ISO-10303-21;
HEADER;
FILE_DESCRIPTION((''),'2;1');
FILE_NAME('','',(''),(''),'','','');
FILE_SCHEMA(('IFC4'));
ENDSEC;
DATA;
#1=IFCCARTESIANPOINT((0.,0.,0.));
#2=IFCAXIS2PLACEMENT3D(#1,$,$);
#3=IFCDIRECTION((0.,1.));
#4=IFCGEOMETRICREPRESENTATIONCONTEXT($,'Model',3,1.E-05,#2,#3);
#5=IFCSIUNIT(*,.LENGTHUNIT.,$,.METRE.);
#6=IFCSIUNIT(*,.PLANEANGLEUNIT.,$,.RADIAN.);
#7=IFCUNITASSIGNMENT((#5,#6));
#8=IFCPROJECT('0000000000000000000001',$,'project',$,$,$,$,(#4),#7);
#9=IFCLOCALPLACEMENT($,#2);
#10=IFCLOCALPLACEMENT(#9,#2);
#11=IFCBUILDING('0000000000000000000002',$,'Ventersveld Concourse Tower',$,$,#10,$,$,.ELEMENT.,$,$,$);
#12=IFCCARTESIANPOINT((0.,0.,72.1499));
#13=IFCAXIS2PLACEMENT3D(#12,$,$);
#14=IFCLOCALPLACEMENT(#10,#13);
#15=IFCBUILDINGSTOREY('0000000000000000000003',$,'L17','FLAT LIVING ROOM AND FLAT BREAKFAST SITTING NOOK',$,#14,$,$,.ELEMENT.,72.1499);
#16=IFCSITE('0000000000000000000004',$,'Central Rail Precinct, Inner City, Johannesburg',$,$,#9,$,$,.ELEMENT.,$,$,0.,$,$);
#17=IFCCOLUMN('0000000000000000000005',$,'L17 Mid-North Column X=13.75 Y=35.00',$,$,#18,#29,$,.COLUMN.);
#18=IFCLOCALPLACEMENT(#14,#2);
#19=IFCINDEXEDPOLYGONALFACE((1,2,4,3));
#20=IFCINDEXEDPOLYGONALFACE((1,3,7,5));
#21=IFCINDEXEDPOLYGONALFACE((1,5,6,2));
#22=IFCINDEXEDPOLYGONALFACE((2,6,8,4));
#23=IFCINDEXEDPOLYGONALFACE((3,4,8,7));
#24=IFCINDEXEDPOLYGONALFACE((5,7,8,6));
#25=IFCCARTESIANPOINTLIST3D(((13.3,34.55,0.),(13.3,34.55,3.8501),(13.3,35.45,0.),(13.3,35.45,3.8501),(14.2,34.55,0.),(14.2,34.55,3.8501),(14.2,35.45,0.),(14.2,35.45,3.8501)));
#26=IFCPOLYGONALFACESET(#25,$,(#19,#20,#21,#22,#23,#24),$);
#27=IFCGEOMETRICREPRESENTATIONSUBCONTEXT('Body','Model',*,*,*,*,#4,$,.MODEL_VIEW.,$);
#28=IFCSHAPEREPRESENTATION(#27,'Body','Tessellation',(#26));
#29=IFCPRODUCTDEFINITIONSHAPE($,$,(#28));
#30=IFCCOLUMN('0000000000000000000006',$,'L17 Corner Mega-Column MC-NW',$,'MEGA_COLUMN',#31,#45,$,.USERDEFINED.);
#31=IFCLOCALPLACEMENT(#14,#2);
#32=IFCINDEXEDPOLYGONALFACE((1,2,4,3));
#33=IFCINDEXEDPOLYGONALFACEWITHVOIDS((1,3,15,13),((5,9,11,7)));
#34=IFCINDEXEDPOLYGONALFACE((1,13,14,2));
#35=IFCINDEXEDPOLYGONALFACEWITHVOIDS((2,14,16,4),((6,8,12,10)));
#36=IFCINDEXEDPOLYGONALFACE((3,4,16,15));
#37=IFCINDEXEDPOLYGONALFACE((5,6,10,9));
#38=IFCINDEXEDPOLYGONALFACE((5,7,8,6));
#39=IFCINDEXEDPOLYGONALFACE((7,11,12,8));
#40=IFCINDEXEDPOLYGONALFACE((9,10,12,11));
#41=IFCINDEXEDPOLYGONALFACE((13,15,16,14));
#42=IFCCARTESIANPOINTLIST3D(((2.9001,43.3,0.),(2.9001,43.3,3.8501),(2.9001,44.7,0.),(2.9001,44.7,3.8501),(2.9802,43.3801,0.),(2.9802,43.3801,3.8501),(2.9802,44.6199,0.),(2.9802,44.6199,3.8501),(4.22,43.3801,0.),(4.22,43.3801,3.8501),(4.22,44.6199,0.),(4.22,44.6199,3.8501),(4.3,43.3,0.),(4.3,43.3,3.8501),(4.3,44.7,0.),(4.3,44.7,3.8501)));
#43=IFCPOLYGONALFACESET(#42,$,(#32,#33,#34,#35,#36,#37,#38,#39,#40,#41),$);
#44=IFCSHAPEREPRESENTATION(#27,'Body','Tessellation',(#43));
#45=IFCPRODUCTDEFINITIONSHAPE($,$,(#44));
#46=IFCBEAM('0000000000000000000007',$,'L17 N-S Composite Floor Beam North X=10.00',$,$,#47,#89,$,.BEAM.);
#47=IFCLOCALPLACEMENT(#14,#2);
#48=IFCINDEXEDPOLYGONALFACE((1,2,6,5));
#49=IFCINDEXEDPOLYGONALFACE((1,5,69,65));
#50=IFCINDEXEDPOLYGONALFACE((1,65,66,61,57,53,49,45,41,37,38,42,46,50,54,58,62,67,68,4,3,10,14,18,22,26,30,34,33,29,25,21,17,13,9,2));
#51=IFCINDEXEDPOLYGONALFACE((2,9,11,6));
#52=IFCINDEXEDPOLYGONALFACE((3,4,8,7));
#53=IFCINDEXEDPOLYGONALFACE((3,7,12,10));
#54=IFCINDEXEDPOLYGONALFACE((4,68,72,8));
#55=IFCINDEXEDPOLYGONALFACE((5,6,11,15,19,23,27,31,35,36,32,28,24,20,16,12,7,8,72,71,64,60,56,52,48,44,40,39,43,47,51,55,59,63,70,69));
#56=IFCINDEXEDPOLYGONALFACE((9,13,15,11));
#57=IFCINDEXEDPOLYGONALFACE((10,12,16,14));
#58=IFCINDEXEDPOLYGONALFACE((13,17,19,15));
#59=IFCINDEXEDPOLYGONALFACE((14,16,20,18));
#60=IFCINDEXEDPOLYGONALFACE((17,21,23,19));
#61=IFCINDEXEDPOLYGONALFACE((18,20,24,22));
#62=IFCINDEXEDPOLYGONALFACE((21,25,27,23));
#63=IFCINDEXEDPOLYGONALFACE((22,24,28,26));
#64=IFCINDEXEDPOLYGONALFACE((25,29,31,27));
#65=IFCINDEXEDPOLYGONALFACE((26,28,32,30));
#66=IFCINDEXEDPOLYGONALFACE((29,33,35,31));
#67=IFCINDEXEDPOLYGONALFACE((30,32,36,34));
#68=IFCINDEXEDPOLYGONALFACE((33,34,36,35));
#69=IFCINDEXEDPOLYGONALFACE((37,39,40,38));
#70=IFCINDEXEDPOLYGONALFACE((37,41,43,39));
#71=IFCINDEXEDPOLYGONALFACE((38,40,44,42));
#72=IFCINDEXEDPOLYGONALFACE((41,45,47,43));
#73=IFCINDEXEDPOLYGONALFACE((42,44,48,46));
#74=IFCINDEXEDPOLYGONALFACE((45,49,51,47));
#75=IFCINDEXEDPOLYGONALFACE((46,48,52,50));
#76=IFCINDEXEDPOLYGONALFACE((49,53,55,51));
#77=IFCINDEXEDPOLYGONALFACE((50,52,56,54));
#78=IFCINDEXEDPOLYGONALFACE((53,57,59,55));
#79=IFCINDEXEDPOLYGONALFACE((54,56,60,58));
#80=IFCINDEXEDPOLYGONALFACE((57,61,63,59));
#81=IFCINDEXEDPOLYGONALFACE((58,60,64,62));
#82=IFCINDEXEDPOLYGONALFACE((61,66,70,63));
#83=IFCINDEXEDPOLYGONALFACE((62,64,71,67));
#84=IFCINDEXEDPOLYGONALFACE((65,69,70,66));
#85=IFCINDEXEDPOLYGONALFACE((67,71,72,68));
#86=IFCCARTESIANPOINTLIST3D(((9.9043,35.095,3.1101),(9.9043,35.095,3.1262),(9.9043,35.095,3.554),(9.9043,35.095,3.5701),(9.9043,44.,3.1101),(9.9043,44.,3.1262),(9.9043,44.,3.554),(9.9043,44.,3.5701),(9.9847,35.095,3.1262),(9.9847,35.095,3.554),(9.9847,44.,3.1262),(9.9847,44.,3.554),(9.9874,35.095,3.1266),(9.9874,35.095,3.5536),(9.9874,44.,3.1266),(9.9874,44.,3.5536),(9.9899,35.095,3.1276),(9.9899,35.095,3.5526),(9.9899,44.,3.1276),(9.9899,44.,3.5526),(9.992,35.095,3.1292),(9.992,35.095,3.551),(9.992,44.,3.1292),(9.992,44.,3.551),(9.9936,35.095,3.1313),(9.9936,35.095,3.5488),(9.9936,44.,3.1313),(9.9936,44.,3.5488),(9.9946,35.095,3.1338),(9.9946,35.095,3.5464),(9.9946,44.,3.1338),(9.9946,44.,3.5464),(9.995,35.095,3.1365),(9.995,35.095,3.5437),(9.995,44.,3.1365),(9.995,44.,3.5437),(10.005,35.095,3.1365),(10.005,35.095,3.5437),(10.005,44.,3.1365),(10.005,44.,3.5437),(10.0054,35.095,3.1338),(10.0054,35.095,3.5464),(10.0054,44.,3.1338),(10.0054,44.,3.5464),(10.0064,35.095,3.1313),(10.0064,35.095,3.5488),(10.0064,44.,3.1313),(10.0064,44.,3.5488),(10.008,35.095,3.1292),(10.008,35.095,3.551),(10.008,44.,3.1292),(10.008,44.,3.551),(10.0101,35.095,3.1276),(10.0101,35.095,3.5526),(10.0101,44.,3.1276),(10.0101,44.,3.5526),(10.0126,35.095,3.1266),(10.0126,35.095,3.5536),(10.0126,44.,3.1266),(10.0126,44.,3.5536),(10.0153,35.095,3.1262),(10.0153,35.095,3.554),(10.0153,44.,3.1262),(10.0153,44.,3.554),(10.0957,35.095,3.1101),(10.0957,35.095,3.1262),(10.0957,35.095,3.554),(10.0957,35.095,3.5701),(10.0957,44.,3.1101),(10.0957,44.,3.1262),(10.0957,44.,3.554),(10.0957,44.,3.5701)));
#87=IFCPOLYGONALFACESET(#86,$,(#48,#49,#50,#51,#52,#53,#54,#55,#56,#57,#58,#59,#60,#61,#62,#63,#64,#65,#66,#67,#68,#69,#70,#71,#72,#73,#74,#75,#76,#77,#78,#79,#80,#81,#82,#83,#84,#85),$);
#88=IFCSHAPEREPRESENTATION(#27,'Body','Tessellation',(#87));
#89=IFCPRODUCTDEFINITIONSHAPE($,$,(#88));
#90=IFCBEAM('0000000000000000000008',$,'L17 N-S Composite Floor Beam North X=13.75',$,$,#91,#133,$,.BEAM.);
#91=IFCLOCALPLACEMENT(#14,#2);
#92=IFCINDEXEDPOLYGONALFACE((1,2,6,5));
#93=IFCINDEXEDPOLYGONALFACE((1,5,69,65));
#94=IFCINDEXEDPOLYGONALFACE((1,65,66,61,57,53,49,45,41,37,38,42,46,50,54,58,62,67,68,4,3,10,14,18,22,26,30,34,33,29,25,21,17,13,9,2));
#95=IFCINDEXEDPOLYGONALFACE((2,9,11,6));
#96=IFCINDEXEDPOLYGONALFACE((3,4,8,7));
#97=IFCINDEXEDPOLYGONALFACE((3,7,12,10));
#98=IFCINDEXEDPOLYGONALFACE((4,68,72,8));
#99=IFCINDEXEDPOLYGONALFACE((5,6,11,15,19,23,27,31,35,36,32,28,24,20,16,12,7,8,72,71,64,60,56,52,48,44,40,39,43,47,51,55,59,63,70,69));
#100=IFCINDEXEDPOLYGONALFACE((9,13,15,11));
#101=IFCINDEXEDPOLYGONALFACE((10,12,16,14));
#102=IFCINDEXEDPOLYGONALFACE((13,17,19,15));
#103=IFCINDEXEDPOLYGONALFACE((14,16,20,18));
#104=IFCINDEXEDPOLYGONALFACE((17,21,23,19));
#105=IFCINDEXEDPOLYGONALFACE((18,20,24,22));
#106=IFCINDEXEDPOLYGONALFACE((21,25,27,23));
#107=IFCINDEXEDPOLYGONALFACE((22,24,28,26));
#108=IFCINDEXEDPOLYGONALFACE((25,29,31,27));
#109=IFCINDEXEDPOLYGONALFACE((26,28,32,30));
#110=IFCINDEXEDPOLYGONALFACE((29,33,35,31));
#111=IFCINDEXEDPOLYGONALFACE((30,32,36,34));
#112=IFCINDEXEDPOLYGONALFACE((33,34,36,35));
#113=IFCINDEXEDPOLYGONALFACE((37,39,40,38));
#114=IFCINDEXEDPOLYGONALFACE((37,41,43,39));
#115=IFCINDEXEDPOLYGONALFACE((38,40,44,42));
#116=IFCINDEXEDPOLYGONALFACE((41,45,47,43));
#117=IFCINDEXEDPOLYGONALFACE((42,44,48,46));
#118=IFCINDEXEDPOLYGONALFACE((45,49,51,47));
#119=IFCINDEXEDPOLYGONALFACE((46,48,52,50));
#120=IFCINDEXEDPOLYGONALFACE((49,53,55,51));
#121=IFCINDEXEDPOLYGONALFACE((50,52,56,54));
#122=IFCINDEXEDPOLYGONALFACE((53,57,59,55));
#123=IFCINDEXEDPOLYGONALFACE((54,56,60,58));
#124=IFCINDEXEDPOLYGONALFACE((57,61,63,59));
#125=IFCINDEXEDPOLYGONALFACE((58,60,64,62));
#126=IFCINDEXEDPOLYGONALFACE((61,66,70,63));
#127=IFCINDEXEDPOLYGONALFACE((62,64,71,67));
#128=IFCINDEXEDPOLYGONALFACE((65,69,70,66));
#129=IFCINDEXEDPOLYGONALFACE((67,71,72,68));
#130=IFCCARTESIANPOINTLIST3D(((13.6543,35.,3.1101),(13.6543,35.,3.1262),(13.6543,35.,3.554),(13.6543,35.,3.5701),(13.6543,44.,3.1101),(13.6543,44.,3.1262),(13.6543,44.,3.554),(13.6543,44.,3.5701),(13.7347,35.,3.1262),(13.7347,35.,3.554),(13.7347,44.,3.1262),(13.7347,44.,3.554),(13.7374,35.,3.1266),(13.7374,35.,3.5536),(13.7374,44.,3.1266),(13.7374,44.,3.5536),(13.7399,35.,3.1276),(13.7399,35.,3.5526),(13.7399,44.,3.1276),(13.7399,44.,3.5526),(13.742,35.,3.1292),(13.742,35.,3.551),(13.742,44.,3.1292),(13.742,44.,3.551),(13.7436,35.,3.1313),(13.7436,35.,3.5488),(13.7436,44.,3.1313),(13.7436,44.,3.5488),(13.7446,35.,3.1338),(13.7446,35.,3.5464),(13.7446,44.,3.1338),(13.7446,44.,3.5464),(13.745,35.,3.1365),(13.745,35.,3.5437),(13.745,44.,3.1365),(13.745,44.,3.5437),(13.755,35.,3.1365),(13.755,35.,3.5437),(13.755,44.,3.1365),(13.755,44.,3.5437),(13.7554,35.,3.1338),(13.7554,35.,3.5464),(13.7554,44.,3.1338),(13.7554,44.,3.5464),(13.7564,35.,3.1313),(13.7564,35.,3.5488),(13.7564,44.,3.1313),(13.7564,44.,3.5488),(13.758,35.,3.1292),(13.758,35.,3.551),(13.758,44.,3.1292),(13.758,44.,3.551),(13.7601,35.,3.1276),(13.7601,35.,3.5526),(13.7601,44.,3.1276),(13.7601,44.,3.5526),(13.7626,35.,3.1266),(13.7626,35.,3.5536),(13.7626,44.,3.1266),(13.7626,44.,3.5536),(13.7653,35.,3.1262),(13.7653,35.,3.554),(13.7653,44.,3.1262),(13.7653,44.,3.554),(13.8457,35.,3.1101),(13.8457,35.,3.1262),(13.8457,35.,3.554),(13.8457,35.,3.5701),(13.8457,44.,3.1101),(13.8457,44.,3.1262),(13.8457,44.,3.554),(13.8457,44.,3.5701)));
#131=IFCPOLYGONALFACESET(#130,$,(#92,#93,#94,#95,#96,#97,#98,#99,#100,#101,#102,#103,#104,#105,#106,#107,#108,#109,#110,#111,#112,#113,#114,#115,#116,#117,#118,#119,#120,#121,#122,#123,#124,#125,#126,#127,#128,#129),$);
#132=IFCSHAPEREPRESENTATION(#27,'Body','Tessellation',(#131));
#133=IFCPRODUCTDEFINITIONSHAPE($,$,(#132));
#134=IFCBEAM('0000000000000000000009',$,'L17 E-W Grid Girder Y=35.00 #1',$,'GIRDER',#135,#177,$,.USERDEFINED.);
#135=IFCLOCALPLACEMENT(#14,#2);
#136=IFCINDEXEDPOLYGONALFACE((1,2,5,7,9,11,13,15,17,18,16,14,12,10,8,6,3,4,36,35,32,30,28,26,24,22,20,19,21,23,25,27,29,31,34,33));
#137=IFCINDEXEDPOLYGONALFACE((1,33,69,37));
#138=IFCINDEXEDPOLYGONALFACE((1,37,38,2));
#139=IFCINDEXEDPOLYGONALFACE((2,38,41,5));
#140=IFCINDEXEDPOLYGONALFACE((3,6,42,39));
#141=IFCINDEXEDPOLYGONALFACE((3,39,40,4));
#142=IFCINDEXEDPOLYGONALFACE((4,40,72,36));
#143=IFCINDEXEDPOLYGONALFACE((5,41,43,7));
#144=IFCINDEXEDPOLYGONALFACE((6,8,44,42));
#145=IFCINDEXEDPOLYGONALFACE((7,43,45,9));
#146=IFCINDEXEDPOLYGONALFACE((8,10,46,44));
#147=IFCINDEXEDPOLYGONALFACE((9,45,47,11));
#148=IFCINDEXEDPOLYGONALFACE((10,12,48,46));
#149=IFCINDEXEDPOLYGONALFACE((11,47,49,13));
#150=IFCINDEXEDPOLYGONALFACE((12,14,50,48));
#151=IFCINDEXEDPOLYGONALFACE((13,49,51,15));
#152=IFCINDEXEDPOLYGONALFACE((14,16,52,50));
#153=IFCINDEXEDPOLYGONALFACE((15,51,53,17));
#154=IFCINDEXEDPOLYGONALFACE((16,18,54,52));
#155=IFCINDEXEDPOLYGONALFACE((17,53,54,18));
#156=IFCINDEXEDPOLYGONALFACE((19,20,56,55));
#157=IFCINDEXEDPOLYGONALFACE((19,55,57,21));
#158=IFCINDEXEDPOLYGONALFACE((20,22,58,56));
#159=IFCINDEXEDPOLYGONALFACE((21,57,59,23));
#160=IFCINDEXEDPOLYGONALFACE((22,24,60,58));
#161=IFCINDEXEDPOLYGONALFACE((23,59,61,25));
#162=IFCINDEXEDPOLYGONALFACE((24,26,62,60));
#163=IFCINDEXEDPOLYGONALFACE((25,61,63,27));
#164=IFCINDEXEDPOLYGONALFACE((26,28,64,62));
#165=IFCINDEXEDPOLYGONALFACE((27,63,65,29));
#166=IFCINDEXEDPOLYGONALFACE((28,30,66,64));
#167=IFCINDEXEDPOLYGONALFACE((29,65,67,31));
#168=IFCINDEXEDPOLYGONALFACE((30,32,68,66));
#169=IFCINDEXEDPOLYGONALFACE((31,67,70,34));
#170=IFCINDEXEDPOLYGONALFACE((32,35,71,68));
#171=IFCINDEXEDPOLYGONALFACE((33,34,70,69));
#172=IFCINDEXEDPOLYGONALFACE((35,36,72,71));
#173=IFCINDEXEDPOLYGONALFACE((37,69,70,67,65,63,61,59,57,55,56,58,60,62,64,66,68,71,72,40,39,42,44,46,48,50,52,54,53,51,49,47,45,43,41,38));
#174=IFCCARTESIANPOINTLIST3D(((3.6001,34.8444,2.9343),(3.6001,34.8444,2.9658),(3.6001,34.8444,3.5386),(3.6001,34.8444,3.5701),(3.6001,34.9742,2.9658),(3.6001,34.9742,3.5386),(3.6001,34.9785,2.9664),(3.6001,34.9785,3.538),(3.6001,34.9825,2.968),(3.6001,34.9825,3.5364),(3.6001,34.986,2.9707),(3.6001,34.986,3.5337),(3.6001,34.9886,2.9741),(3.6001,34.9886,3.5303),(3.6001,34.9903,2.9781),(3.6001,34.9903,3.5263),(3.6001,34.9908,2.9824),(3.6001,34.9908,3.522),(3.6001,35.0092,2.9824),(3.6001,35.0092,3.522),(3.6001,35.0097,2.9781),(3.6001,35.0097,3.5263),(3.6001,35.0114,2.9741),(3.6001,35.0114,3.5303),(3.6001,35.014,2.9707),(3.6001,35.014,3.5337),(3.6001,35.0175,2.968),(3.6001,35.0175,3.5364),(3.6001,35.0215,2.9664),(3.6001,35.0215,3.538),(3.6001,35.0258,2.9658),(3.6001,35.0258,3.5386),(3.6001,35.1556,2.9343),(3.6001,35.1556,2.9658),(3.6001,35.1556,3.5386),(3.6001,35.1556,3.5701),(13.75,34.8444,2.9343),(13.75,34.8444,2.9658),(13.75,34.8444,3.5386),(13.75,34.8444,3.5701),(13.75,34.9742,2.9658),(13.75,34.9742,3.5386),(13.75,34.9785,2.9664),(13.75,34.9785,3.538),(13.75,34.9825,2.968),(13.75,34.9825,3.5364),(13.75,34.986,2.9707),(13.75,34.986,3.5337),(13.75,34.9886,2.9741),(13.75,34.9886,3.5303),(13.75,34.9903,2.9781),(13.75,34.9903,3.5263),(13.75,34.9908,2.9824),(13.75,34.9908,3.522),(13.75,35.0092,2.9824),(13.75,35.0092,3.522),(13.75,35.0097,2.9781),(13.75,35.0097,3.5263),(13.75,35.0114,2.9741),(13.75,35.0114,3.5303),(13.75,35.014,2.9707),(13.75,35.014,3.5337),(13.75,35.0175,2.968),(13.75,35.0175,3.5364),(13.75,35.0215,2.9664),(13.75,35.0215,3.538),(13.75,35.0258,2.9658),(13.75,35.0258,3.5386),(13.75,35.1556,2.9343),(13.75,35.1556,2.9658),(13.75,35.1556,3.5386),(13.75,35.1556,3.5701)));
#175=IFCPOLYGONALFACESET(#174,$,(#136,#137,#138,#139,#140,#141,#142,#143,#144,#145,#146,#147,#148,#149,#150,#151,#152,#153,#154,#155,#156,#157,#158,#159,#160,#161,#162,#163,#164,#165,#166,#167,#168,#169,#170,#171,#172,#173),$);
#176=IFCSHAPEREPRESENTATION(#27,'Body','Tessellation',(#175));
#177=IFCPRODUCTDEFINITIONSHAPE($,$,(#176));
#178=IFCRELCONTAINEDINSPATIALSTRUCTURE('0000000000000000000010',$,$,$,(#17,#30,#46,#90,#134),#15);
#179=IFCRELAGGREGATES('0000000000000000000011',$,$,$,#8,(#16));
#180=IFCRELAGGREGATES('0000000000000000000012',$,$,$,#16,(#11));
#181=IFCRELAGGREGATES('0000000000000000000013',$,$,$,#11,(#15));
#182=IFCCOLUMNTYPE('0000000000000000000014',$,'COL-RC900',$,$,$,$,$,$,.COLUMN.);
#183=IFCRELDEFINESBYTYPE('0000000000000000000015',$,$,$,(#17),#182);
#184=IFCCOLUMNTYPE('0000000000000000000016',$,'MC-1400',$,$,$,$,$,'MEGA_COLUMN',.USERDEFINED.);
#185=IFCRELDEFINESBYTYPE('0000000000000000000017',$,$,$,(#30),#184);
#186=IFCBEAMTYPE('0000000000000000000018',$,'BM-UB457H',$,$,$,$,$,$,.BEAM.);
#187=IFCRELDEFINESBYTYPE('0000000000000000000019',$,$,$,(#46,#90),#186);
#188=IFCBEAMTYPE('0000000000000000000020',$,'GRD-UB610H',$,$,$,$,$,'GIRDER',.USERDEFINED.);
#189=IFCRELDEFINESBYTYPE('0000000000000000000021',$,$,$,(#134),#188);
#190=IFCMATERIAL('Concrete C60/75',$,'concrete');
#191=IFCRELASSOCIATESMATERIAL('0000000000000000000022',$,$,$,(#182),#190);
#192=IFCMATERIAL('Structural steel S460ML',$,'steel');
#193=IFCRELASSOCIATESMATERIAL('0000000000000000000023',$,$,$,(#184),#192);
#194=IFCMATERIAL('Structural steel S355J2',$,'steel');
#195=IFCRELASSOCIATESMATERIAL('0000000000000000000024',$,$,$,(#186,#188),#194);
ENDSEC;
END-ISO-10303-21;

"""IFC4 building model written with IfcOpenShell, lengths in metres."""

from ifc_helpers import new_model, si_unit, direction, frame, origin, origin_2d, place, context, subcontext, project, spatial, rectangle, hollow_rectangle, i_section, extrude, material, material_profile, profile_set, type_object, element, save


model = new_model("IFC4")

# Units and contexts
model_context = context("Model", 3, precision=1e-05, world=origin(), true_north=direction((0.0, 1.0)))
body_context = subcontext(model_context, "Body", "Model", "MODEL_VIEW")
ifc_project = project(units=[si_unit("LENGTHUNIT", "METRE"), si_unit("PLANEANGLEUNIT", "RADIAN")], contexts=[model_context])

# Site, building, storey
site_placement = place(None, origin())
site = spatial("IfcSite", under=ifc_project, at=site_placement, Name="Central Rail Precinct, Inner City, Johannesburg", CompositionType="ELEMENT", RefElevation=0.0)
building_placement = place(site_placement, origin())
building = spatial("IfcBuilding", under=site, at=building_placement, Name="Ventersveld Concourse Tower", CompositionType="ELEMENT")
storey_placement = place(building_placement, frame((0.0, 0.0, 72.1499)))
storey = spatial("IfcBuildingStorey", under=building, at=storey_placement, Name="L17", Description="FLAT LIVING ROOM AND FLAT BREAKFAST SITTING NOOK", CompositionType="ELEMENT", Elevation=72.1499)

# Columns
ifc_material_1 = material(Name="Concrete C60/75", Category="concrete")
ifc_material_profile_1 = material_profile(ifc_material_1, rectangle(XDim=0.8999, YDim=0.8999, at=origin_2d()), Name="RC 900x900")
ifc_profile_set_1 = profile_set([ifc_material_profile_1], Name="Concrete C60/75")
column_type_1 = type_object("IfcColumnType", Name="COL-RC900", PredefinedType="COLUMN", material=ifc_profile_set_1)
column_1_placement = place(storey_placement, frame((13.75, 35.0, 0.0), z_axis=(0.0, 0.0, 1.0), x_axis=(1.0, 0.0, 0.0)))
element("IfcColumn", 1, at=column_1_placement, inside=storey, type_object=column_type_1, Name="L17 Mid-North Column X=13.75 Y=35.00", PredefinedType="COLUMN", context=body_context, shape_type="SweptSolid", body=[
    extrude(rectangle(XDim=0.8999, YDim=0.8999, at=origin_2d()), origin(), (0.0, 0.0, 1.0), 3.8501),
])
ifc_material_2 = material(Name="Structural steel S460ML", Category="steel")
ifc_material_profile_2 = material_profile(ifc_material_2, hollow_rectangle(XDim=1.3999, YDim=1.3999, WallThickness=0.0801, at=origin_2d()), Name="BOX 1400x1400x80")
ifc_profile_set_2 = profile_set([ifc_material_profile_2], Name="Structural steel S460ML")
column_type_2 = type_object("IfcColumnType", Name="MC-1400", ElementType="MEGA_COLUMN", PredefinedType="USERDEFINED", material=ifc_profile_set_2)
column_2_placement = place(storey_placement, frame((3.6001, 44.0, 0.0), z_axis=(0.0, 0.0, 1.0), x_axis=(1.0, 0.0, 0.0)))
element("IfcColumn", 2, at=column_2_placement, inside=storey, type_object=column_type_2, Name="L17 Corner Mega-Column MC-NW", ObjectType="MEGA_COLUMN", PredefinedType="USERDEFINED", context=body_context, shape_type="SweptSolid", body=[
    extrude(hollow_rectangle(XDim=1.3999, YDim=1.3999, WallThickness=0.0801, at=origin_2d()), origin(), (0.0, 0.0, 1.0), 3.8501),
])

# Beams
ifc_material_3 = material(Name="Structural steel S355J2", Category="steel")
ifc_material_profile_3 = material_profile(ifc_material_3, i_section(OverallWidth=0.1914, OverallDepth=0.46, WebThickness=0.01, FlangeThickness=0.0161, FilletRadius=0.0103, at=origin_2d()), Name="UB 457x191x82")
ifc_profile_set_3 = profile_set([ifc_material_profile_3], Name="Structural steel S355J2")
beam_type_1 = type_object("IfcBeamType", Name="BM-UB457H", PredefinedType="BEAM", material=ifc_profile_set_3)
beam_1_placement = place(storey_placement, frame((10.0, 35.095, 3.3401), z_axis=(0.0, 1.0, 0.0), x_axis=(-1.0, 0.0, 0.0)))
element("IfcBeam", 3, at=beam_1_placement, inside=storey, type_object=beam_type_1, Name="L17 N-S Composite Floor Beam North X=10.00", PredefinedType="BEAM", context=body_context, shape_type="SweptSolid", body=[
    extrude(i_section(OverallWidth=0.1914, OverallDepth=0.46, WebThickness=0.01, FlangeThickness=0.0161, FilletRadius=0.0103, at=origin_2d()), origin(), (0.0, 0.0, 1.0), 8.905),
])
beam_2_placement = place(storey_placement, frame((13.75, 35.0, 3.3401), z_axis=(0.0, 1.0, 0.0), x_axis=(-1.0, 0.0, 0.0)))
element("IfcBeam", 4, at=beam_2_placement, inside=storey, type_object=beam_type_1, Name="L17 N-S Composite Floor Beam North X=13.75", PredefinedType="BEAM", context=body_context, shape_type="SweptSolid", body=[
    extrude(i_section(OverallWidth=0.1914, OverallDepth=0.46, WebThickness=0.01, FlangeThickness=0.0161, FilletRadius=0.0103, at=origin_2d()), origin(), (0.0, 0.0, 1.0), 9.0),
])
ifc_material_profile_4 = material_profile(ifc_material_3, i_section(OverallWidth=0.3113, OverallDepth=0.6357, WebThickness=0.0183, FlangeThickness=0.0315, FilletRadius=0.0166, at=origin_2d()), Name="UB 610x305x238")
ifc_profile_set_4 = profile_set([ifc_material_profile_4], Name="Structural steel S355J2")
beam_type_2 = type_object("IfcBeamType", Name="GRD-UB610H", ElementType="GIRDER", PredefinedType="USERDEFINED", material=ifc_profile_set_4)
beam_3_placement = place(storey_placement, frame((3.6001, 35.0, 3.2522), z_axis=(1.0, 0.0, 0.0), x_axis=(0.0, 1.0, 0.0)))
element("IfcBeam", 5, at=beam_3_placement, inside=storey, type_object=beam_type_2, Name="L17 E-W Grid Girder Y=35.00 #1", ObjectType="GIRDER", PredefinedType="USERDEFINED", context=body_context, shape_type="SweptSolid", body=[
    extrude(i_section(OverallWidth=0.3113, OverallDepth=0.6357, WebThickness=0.0183, FlangeThickness=0.0315, FilletRadius=0.0166, at=origin_2d()), origin(), (0.0, 0.0, 1.0), 10.1499),
])

save(model, "model.ifc")
